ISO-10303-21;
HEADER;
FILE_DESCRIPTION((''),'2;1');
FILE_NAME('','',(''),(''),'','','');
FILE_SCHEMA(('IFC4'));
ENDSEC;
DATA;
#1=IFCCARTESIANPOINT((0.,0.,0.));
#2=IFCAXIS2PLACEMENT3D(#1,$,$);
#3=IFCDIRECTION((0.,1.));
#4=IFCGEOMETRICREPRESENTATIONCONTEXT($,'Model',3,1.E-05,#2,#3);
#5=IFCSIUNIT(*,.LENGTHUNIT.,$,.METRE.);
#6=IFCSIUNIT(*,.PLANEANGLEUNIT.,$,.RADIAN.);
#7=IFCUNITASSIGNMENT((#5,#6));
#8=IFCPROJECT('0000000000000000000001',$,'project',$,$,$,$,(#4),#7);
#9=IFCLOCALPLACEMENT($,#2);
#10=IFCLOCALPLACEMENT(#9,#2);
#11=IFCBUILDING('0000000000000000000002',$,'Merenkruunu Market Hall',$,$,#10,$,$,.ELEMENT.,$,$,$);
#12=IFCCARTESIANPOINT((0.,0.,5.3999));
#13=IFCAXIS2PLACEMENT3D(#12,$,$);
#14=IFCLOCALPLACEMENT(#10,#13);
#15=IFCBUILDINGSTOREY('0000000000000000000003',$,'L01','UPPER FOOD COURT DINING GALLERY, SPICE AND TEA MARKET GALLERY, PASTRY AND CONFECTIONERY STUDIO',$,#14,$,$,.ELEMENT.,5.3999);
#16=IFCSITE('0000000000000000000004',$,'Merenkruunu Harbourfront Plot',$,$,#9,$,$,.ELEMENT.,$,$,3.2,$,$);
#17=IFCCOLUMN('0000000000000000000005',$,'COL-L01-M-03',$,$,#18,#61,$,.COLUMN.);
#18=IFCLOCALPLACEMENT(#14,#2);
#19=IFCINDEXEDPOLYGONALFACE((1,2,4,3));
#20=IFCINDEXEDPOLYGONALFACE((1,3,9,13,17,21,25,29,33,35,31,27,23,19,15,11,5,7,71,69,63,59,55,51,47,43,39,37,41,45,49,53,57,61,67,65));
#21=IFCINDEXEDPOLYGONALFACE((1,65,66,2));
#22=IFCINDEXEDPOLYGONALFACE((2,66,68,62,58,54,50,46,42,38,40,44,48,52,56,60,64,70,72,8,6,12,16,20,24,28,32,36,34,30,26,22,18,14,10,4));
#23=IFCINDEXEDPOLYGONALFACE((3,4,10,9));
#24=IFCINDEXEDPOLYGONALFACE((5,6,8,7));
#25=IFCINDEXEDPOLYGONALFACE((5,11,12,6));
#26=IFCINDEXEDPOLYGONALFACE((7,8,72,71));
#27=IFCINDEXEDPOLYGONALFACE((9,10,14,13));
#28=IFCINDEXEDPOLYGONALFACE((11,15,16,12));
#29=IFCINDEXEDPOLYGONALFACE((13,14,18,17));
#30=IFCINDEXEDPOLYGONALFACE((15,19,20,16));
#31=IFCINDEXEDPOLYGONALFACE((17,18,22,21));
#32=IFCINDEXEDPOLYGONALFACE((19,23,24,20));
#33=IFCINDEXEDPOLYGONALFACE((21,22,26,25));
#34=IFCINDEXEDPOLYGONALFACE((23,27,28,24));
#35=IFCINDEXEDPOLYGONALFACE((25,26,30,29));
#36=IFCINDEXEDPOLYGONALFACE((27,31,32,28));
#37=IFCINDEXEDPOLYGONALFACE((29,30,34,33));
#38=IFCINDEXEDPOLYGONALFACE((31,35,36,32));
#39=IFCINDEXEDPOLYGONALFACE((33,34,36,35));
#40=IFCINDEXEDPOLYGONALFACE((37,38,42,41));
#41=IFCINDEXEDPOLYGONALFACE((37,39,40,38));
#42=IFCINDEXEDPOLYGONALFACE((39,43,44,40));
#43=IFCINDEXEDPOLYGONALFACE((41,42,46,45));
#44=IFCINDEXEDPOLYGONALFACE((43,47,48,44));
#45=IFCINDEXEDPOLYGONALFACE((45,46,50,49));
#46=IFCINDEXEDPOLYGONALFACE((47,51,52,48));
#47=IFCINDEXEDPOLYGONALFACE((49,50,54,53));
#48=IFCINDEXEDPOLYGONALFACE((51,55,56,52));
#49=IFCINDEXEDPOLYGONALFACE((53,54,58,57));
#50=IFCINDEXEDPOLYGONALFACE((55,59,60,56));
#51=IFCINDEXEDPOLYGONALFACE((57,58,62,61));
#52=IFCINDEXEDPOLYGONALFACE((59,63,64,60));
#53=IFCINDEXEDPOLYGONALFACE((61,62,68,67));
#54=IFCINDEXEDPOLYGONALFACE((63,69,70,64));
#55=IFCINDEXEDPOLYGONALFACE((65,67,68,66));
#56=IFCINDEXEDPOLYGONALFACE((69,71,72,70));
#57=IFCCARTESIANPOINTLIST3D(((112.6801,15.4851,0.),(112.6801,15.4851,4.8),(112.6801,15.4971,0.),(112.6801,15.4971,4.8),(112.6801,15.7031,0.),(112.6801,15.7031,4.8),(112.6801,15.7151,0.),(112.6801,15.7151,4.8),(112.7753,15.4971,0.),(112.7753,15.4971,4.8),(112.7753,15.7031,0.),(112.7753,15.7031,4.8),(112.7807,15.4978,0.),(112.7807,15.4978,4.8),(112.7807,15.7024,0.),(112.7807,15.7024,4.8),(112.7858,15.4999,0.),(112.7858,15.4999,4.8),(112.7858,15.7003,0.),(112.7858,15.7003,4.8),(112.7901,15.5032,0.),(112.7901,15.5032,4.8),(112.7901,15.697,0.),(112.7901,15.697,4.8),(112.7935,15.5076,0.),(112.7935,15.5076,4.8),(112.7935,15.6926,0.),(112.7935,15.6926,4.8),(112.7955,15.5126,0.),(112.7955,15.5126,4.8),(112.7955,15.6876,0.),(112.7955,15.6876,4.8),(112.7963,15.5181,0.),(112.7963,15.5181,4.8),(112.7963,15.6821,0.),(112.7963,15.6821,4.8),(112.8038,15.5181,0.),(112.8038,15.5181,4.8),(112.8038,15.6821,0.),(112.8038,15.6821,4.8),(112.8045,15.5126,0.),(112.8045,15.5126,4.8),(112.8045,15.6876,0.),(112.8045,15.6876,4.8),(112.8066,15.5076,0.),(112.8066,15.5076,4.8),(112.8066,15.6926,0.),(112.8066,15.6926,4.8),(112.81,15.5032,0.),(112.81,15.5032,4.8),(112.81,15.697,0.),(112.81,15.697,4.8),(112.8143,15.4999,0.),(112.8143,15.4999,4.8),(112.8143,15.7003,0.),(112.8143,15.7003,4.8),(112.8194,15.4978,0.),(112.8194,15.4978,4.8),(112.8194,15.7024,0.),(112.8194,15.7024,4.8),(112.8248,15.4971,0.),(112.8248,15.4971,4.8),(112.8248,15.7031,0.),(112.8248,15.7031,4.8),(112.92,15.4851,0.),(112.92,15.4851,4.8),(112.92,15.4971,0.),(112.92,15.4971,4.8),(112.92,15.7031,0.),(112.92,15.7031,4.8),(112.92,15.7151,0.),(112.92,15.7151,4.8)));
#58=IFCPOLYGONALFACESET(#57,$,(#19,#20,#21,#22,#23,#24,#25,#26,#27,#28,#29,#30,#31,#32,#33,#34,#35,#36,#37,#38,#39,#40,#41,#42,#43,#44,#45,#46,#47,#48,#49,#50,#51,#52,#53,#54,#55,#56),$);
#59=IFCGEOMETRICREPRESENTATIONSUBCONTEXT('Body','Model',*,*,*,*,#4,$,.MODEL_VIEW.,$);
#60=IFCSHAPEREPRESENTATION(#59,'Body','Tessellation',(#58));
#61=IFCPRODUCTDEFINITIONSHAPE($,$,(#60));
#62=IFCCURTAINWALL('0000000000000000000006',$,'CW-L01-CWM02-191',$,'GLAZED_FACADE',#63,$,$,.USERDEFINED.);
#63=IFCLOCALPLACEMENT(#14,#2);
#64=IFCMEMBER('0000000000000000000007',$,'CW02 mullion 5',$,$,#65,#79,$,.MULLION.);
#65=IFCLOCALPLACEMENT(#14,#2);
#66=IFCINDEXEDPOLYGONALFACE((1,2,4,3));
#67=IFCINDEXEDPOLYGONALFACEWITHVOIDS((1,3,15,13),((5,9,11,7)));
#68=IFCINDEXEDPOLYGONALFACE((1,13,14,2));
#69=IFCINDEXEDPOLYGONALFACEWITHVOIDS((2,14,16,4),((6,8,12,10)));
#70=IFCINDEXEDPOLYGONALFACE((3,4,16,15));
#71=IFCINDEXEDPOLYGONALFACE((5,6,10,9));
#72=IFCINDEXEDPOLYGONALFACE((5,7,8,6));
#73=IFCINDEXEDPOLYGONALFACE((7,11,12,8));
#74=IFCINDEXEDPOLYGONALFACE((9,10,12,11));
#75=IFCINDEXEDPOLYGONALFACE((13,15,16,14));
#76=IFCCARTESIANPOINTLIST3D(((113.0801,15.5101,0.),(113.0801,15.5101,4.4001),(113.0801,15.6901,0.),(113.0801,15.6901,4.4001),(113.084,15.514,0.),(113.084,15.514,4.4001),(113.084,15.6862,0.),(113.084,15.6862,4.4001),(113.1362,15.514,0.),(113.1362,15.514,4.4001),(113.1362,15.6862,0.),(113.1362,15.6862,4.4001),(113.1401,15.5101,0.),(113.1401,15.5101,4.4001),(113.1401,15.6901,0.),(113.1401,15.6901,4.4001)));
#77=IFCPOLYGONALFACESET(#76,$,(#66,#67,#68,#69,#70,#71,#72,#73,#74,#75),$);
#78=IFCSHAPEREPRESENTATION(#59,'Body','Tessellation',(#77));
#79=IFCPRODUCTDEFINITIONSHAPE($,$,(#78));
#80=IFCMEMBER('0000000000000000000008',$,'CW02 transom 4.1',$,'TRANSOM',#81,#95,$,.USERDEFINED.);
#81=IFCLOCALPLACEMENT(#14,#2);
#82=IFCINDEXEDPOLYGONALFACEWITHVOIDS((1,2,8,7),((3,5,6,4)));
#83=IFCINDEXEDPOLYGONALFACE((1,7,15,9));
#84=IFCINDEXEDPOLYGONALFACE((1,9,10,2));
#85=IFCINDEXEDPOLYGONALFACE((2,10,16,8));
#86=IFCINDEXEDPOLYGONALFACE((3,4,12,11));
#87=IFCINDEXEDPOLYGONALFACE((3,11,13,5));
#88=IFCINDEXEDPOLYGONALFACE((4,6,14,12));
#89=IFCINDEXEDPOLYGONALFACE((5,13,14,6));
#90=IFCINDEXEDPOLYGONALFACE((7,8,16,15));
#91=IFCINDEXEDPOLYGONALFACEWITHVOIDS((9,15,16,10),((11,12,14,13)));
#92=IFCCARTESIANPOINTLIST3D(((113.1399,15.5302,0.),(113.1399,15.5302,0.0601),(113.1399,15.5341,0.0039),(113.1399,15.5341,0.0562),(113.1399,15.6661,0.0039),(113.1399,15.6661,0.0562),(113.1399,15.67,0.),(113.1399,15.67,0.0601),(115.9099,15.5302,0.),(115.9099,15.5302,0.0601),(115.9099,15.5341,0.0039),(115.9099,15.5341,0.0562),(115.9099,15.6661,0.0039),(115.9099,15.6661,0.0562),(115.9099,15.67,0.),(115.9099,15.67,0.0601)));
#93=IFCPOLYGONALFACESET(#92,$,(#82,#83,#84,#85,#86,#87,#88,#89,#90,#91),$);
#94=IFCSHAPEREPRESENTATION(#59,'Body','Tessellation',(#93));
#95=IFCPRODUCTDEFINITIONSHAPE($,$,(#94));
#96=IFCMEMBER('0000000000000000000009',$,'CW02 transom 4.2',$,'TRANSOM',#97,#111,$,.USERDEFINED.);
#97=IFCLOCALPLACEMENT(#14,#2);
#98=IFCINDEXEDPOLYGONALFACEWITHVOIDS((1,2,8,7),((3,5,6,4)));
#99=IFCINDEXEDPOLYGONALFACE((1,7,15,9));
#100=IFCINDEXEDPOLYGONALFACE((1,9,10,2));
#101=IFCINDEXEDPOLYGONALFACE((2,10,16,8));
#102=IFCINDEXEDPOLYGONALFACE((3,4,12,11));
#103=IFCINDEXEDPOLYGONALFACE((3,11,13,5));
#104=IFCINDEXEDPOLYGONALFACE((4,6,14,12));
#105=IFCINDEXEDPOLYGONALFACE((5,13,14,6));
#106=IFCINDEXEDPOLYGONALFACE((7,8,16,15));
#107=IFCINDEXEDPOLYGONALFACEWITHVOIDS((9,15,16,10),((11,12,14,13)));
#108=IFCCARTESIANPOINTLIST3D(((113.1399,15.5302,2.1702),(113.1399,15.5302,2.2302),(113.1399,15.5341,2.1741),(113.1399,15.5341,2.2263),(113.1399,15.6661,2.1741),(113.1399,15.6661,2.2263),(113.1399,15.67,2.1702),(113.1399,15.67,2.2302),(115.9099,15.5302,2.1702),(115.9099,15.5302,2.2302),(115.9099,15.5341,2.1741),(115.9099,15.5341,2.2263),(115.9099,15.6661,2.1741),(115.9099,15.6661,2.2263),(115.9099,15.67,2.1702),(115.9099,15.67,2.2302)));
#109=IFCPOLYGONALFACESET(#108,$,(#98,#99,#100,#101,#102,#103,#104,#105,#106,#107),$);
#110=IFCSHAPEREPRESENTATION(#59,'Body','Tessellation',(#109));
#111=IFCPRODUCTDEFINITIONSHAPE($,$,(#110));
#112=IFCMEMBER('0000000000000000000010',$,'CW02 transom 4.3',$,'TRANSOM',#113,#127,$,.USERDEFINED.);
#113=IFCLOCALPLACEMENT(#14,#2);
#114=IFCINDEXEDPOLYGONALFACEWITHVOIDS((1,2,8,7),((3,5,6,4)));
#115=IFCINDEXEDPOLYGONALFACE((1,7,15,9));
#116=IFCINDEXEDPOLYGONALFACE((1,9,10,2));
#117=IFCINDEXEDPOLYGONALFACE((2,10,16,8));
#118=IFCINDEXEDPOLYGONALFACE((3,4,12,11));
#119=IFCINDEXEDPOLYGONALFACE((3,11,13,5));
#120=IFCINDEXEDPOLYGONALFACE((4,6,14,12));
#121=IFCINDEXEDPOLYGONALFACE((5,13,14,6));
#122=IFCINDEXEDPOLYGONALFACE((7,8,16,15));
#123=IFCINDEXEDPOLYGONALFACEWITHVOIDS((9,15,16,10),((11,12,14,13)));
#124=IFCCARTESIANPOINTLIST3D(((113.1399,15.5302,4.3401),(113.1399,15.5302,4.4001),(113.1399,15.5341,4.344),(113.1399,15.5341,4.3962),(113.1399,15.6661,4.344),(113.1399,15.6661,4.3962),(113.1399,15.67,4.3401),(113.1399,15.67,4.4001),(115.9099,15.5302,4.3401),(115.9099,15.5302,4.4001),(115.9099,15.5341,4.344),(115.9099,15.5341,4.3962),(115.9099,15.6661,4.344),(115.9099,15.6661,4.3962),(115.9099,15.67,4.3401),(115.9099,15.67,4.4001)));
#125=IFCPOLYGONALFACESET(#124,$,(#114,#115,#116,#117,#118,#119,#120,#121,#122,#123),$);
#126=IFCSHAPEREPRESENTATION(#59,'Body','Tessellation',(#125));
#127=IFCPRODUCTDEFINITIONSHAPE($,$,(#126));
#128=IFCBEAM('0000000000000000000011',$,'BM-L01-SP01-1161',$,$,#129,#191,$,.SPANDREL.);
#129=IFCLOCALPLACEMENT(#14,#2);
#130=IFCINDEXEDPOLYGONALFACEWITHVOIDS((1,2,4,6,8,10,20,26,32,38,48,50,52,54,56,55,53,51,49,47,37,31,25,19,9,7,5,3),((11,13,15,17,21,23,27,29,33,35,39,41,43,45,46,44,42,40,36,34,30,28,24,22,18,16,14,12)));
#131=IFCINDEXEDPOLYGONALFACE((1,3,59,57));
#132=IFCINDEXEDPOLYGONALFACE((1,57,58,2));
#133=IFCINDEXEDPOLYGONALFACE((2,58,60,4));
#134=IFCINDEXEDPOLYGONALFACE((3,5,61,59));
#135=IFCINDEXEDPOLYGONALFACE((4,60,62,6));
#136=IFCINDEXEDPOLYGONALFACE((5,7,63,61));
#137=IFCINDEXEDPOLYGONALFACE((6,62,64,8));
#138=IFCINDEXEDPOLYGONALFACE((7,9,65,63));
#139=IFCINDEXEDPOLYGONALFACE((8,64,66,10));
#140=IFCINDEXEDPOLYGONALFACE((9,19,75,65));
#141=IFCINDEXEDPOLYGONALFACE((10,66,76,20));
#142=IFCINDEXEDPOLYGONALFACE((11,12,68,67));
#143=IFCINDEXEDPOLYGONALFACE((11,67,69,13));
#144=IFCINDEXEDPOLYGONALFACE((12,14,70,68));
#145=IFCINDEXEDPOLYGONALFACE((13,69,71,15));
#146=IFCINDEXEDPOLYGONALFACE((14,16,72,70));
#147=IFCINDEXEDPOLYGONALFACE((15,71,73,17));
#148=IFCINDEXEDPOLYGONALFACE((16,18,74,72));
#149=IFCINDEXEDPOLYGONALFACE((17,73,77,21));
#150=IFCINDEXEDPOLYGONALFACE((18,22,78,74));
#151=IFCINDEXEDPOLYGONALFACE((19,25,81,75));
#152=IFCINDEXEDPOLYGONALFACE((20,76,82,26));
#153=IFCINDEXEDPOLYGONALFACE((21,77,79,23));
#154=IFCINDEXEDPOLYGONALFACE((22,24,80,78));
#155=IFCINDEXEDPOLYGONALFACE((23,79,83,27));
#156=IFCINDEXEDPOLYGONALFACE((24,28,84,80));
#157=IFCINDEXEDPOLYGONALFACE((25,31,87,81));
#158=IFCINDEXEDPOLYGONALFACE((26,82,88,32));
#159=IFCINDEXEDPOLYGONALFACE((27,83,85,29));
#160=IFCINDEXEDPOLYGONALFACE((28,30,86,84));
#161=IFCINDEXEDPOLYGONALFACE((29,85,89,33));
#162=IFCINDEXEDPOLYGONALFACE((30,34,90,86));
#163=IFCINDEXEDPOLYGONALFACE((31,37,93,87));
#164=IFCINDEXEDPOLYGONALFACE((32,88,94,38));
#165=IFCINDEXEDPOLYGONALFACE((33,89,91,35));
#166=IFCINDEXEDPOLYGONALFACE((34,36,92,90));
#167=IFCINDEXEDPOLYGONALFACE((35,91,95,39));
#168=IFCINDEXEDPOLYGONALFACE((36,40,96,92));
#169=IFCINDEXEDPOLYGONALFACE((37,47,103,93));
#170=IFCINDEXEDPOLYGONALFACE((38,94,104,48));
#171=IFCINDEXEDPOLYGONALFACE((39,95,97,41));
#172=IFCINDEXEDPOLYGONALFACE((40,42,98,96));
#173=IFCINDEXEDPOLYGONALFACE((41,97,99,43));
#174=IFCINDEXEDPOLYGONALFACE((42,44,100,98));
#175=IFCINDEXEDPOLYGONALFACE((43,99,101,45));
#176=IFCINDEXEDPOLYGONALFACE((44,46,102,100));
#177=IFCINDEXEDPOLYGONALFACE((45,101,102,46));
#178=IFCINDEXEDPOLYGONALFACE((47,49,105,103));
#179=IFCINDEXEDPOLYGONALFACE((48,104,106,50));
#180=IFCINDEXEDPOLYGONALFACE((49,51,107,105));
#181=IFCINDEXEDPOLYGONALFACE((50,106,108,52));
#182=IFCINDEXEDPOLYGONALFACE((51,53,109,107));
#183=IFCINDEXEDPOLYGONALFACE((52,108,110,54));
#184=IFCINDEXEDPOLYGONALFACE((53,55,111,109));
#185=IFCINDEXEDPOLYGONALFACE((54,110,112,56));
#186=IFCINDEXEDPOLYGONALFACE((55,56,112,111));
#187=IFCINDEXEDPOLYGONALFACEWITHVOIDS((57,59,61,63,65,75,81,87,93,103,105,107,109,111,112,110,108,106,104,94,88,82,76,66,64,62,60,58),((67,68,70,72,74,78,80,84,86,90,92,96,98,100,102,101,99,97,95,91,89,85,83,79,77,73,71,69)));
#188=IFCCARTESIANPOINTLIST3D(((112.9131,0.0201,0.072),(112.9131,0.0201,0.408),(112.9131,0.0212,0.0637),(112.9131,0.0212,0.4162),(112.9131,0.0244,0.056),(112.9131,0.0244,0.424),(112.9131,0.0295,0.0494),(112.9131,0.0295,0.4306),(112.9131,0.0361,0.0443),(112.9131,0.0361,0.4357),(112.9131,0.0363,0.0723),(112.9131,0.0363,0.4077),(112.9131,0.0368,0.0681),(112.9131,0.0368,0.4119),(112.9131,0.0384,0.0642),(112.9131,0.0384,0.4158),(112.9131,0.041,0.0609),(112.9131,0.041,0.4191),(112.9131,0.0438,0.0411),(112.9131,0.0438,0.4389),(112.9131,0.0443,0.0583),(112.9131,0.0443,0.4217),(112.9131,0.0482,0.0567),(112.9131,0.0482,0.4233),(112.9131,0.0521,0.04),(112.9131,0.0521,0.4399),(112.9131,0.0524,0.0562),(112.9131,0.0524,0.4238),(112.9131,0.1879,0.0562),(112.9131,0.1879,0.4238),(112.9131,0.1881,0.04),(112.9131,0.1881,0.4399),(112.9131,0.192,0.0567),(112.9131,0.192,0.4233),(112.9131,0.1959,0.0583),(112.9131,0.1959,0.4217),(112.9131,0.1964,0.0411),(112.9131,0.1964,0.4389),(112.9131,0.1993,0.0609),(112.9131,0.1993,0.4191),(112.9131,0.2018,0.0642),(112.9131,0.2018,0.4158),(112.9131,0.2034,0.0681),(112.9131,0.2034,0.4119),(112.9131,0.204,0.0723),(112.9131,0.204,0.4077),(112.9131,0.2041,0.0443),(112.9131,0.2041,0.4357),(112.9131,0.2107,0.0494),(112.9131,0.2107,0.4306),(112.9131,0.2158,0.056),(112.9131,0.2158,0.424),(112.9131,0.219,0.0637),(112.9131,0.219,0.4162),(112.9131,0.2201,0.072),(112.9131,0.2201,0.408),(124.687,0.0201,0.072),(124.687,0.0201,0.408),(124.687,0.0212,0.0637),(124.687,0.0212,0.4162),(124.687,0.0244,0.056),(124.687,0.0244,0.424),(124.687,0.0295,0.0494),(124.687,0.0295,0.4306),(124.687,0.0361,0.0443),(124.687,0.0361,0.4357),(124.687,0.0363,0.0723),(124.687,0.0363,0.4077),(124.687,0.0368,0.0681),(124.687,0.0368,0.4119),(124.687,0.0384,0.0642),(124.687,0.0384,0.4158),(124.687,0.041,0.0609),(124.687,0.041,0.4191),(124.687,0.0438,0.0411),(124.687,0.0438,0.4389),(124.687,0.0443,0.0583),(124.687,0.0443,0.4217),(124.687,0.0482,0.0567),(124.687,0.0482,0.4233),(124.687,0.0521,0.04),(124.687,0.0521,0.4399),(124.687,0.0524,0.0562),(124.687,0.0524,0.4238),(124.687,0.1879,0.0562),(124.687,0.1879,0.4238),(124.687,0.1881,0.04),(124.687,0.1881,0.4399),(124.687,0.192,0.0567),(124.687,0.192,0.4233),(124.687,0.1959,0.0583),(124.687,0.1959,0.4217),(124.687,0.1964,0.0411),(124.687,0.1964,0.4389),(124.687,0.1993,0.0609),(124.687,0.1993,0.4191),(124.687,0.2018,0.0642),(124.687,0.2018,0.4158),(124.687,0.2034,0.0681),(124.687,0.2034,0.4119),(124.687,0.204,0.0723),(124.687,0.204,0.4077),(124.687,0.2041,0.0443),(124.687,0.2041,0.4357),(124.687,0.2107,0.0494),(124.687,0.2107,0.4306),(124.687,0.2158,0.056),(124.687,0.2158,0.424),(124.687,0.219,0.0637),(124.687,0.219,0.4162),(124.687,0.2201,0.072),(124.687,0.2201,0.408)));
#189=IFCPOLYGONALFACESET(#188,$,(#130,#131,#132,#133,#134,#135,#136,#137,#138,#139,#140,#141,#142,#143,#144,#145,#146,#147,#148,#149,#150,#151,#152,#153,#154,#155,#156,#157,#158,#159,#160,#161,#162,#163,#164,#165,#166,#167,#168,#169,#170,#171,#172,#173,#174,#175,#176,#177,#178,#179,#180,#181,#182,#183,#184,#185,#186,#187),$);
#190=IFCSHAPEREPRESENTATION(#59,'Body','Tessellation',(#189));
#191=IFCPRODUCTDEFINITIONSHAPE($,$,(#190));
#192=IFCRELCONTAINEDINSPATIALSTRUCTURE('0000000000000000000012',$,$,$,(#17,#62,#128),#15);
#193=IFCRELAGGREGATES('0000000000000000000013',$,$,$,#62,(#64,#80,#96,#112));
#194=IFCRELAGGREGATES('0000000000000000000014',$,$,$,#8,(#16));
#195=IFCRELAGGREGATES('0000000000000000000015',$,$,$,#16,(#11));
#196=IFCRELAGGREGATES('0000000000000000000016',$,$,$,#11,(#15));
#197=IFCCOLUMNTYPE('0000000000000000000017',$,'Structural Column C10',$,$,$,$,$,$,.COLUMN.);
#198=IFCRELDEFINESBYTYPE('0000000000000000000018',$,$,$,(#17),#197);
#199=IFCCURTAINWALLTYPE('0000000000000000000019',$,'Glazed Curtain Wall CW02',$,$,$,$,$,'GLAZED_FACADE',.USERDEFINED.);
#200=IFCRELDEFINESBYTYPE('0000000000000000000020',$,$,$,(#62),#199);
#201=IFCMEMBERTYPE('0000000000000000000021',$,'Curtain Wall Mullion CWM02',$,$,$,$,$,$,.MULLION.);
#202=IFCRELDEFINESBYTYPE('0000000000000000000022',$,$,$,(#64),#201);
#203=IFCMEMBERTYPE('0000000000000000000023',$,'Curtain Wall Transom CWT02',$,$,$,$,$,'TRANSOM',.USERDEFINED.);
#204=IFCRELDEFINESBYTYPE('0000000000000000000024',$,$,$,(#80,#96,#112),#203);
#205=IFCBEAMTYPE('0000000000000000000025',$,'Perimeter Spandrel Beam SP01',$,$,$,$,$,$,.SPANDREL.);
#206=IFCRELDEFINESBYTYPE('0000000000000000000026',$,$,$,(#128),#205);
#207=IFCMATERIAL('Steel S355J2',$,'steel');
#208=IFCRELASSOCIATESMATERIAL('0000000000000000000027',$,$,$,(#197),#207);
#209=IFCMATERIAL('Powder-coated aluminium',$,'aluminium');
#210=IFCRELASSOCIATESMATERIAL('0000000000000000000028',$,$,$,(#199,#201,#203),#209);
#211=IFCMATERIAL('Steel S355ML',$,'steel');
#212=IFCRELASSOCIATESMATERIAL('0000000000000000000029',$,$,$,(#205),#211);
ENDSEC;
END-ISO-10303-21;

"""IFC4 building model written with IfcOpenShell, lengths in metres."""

from ifc_helpers import new_model, si_unit, direction, frame, origin, origin_2d, place, context, subcontext, project, spatial, hollow_rectangle, i_section, extrude, material, material_profile, profile_set, type_object, element, aggregate, save


model = new_model("IFC4")

# Units and contexts
model_context = context("Model", 3, precision=1e-05, world=origin(), true_north=direction((0.0, 1.0)))
body_context = subcontext(model_context, "Body", "Model", "MODEL_VIEW")
ifc_project = project(units=[si_unit("LENGTHUNIT", "METRE"), si_unit("PLANEANGLEUNIT", "RADIAN")], contexts=[model_context])

# Site, building, storey
site_placement = place(None, origin())
site = spatial("IfcSite", under=ifc_project, at=site_placement, Name="Merenkruunu Harbourfront Plot", CompositionType="ELEMENT", RefElevation=3.2)
building_placement = place(site_placement, origin())
building = spatial("IfcBuilding", under=site, at=building_placement, Name="Merenkruunu Market Hall", CompositionType="ELEMENT")
storey_placement = place(building_placement, frame((0.0, 0.0, 5.3999)))
storey = spatial("IfcBuildingStorey", under=building, at=storey_placement, Name="L01", Description="UPPER FOOD COURT DINING GALLERY, SPICE AND TEA MARKET GALLERY, PASTRY AND CONFECTIONERY STUDIO", CompositionType="ELEMENT", Elevation=5.3999)

# Column
ifc_material_1 = material(Name="Steel S355J2", Category="steel")
ifc_material_profile_1 = material_profile(ifc_material_1, i_section(OverallWidth=0.24, OverallDepth=0.23, WebThickness=0.0076, FlangeThickness=0.012, FilletRadius=0.021, at=origin_2d()), Name="HEA 240")
ifc_profile_set_1 = profile_set([ifc_material_profile_1], Name="Steel S355J2")
column_type = type_object("IfcColumnType", Name="Structural Column C10", PredefinedType="COLUMN", material=ifc_profile_set_1)
column_placement = place(storey_placement, frame((112.8, 15.6001, 0.0), z_axis=(0.0, 0.0, 1.0), x_axis=(1.0, 0.0, 0.0)))
element("IfcColumn", 1, at=column_placement, inside=storey, type_object=column_type, Name="COL-L01-M-03", PredefinedType="COLUMN", context=body_context, shape_type="SweptSolid", body=[
    extrude(i_section(OverallWidth=0.24, OverallDepth=0.23, WebThickness=0.0076, FlangeThickness=0.012, FilletRadius=0.021, at=origin_2d()), origin(), (0.0, 0.0, 1.0), 4.8),
])

# Curtain wall, members
ifc_material_2 = material(Name="Powder-coated aluminium", Category="aluminium")
curtain_wall_type = type_object("IfcCurtainWallType", Name="Glazed Curtain Wall CW02", ElementType="GLAZED_FACADE", PredefinedType="USERDEFINED", material=ifc_material_2)
curtain_wall_placement = place(storey_placement, origin())
curtain_wall = element("IfcCurtainWall", 2, at=curtain_wall_placement, inside=storey, type_object=curtain_wall_type, Name="CW-L01-CWM02-191", ObjectType="GLAZED_FACADE", PredefinedType="USERDEFINED")
ifc_material_profile_2 = material_profile(ifc_material_2, hollow_rectangle(XDim=0.0601, YDim=0.1799, WallThickness=0.0039, at=origin_2d()), Name="ALU 60x180x4")
ifc_profile_set_2 = profile_set([ifc_material_profile_2], Name="Powder-coated aluminium")
member_type_1 = type_object("IfcMemberType", Name="Curtain Wall Mullion CWM02", PredefinedType="MULLION", material=ifc_profile_set_2)
member_1_placement = place(storey_placement, frame((113.1101, 15.6001, 0.0), z_axis=(0.0, 0.0, 1.0), x_axis=(-1.0, 0.0, 0.0)))
member_1 = element("IfcMember", 3, at=member_1_placement, type_object=member_type_1, Name="CW02 mullion 5", PredefinedType="MULLION", context=body_context, shape_type="SweptSolid", body=[
    extrude(hollow_rectangle(XDim=0.0601, YDim=0.1799, WallThickness=0.0039, at=origin_2d()), origin(), (0.0, 0.0, 1.0), 4.4001),
])
ifc_material_profile_3 = material_profile(ifc_material_2, hollow_rectangle(XDim=0.0601, YDim=0.1399, WallThickness=0.0039, at=origin_2d()), Name="ALU 60x140x4")
ifc_profile_set_3 = profile_set([ifc_material_profile_3], Name="Powder-coated aluminium")
member_type_2 = type_object("IfcMemberType", Name="Curtain Wall Transom CWT02", ElementType="TRANSOM", PredefinedType="USERDEFINED", material=ifc_profile_set_3)
member_2_placement = place(storey_placement, frame((115.9099, 15.6001, 0.03), z_axis=(-1.0, 0.0, 0.0), x_axis=(0.0, 0.0, 1.0)))
member_2 = element("IfcMember", 4, at=member_2_placement, type_object=member_type_2, Name="CW02 transom 4.1", ObjectType="TRANSOM", PredefinedType="USERDEFINED", context=body_context, shape_type="SweptSolid", body=[
    extrude(hollow_rectangle(XDim=0.0601, YDim=0.1399, WallThickness=0.0039, at=origin_2d()), origin(), (0.0, 0.0, 1.0), 2.77),
])
member_3_placement = place(storey_placement, frame((115.9099, 15.6001, 2.2002), z_axis=(-1.0, 0.0, 0.0), x_axis=(0.0, 0.0, 1.0)))
member_3 = element("IfcMember", 5, at=member_3_placement, type_object=member_type_2, Name="CW02 transom 4.2", ObjectType="TRANSOM", PredefinedType="USERDEFINED", context=body_context, shape_type="SweptSolid", body=[
    extrude(hollow_rectangle(XDim=0.0601, YDim=0.1399, WallThickness=0.0039, at=origin_2d()), origin(), (0.0, 0.0, 1.0), 2.77),
])
member_4_placement = place(storey_placement, frame((115.9099, 15.6001, 4.3701), z_axis=(-1.0, 0.0, 0.0), x_axis=(0.0, 0.0, 1.0)))
member_4 = element("IfcMember", 6, at=member_4_placement, type_object=member_type_2, Name="CW02 transom 4.3", ObjectType="TRANSOM", PredefinedType="USERDEFINED", context=body_context, shape_type="SweptSolid", body=[
    extrude(hollow_rectangle(XDim=0.0601, YDim=0.1399, WallThickness=0.0039, at=origin_2d()), origin(), (0.0, 0.0, 1.0), 2.77),
])

# Beam
ifc_material_3 = material(Name="Steel S355ML", Category="steel")
ifc_material_profile_4 = material_profile(ifc_material_3, hollow_rectangle(XDim=0.2, YDim=0.3999, WallThickness=0.0161, InnerFilletRadius=0.0161, OuterFilletRadius=0.032, at=origin_2d()), Name="RHS 400x200x16")
ifc_profile_set_4 = profile_set([ifc_material_profile_4], Name="Steel S355ML")
beam_type_1 = type_object("IfcBeamType", Name="Perimeter Spandrel Beam SP01", PredefinedType="SPANDREL", material=ifc_profile_set_4)
for number, where, z_axis, x_axis, name in (
    (7, (112.9131, 0.1201, 0.24), (1.0, 0.0, 0.0), (0.0, 1.0, 0.0), "BM-L01-SP01-1161"),
):
    element("IfcBeam", number, at=place(storey_placement, frame(where, z_axis=z_axis, x_axis=x_axis)), inside=storey, type_object=beam_type_1, Name=name, PredefinedType="SPANDREL", context=body_context, shape_type="SweptSolid", body=[
        extrude(hollow_rectangle(XDim=0.2, YDim=0.3999, WallThickness=0.0161, InnerFilletRadius=0.0161, OuterFilletRadius=0.032, at=origin_2d()), origin(), (0.0, 0.0, 1.0), 11.7739),
    ])

aggregate(curtain_wall, [member_1, member_2, member_3, member_4])

save(model, "model.ifc")
